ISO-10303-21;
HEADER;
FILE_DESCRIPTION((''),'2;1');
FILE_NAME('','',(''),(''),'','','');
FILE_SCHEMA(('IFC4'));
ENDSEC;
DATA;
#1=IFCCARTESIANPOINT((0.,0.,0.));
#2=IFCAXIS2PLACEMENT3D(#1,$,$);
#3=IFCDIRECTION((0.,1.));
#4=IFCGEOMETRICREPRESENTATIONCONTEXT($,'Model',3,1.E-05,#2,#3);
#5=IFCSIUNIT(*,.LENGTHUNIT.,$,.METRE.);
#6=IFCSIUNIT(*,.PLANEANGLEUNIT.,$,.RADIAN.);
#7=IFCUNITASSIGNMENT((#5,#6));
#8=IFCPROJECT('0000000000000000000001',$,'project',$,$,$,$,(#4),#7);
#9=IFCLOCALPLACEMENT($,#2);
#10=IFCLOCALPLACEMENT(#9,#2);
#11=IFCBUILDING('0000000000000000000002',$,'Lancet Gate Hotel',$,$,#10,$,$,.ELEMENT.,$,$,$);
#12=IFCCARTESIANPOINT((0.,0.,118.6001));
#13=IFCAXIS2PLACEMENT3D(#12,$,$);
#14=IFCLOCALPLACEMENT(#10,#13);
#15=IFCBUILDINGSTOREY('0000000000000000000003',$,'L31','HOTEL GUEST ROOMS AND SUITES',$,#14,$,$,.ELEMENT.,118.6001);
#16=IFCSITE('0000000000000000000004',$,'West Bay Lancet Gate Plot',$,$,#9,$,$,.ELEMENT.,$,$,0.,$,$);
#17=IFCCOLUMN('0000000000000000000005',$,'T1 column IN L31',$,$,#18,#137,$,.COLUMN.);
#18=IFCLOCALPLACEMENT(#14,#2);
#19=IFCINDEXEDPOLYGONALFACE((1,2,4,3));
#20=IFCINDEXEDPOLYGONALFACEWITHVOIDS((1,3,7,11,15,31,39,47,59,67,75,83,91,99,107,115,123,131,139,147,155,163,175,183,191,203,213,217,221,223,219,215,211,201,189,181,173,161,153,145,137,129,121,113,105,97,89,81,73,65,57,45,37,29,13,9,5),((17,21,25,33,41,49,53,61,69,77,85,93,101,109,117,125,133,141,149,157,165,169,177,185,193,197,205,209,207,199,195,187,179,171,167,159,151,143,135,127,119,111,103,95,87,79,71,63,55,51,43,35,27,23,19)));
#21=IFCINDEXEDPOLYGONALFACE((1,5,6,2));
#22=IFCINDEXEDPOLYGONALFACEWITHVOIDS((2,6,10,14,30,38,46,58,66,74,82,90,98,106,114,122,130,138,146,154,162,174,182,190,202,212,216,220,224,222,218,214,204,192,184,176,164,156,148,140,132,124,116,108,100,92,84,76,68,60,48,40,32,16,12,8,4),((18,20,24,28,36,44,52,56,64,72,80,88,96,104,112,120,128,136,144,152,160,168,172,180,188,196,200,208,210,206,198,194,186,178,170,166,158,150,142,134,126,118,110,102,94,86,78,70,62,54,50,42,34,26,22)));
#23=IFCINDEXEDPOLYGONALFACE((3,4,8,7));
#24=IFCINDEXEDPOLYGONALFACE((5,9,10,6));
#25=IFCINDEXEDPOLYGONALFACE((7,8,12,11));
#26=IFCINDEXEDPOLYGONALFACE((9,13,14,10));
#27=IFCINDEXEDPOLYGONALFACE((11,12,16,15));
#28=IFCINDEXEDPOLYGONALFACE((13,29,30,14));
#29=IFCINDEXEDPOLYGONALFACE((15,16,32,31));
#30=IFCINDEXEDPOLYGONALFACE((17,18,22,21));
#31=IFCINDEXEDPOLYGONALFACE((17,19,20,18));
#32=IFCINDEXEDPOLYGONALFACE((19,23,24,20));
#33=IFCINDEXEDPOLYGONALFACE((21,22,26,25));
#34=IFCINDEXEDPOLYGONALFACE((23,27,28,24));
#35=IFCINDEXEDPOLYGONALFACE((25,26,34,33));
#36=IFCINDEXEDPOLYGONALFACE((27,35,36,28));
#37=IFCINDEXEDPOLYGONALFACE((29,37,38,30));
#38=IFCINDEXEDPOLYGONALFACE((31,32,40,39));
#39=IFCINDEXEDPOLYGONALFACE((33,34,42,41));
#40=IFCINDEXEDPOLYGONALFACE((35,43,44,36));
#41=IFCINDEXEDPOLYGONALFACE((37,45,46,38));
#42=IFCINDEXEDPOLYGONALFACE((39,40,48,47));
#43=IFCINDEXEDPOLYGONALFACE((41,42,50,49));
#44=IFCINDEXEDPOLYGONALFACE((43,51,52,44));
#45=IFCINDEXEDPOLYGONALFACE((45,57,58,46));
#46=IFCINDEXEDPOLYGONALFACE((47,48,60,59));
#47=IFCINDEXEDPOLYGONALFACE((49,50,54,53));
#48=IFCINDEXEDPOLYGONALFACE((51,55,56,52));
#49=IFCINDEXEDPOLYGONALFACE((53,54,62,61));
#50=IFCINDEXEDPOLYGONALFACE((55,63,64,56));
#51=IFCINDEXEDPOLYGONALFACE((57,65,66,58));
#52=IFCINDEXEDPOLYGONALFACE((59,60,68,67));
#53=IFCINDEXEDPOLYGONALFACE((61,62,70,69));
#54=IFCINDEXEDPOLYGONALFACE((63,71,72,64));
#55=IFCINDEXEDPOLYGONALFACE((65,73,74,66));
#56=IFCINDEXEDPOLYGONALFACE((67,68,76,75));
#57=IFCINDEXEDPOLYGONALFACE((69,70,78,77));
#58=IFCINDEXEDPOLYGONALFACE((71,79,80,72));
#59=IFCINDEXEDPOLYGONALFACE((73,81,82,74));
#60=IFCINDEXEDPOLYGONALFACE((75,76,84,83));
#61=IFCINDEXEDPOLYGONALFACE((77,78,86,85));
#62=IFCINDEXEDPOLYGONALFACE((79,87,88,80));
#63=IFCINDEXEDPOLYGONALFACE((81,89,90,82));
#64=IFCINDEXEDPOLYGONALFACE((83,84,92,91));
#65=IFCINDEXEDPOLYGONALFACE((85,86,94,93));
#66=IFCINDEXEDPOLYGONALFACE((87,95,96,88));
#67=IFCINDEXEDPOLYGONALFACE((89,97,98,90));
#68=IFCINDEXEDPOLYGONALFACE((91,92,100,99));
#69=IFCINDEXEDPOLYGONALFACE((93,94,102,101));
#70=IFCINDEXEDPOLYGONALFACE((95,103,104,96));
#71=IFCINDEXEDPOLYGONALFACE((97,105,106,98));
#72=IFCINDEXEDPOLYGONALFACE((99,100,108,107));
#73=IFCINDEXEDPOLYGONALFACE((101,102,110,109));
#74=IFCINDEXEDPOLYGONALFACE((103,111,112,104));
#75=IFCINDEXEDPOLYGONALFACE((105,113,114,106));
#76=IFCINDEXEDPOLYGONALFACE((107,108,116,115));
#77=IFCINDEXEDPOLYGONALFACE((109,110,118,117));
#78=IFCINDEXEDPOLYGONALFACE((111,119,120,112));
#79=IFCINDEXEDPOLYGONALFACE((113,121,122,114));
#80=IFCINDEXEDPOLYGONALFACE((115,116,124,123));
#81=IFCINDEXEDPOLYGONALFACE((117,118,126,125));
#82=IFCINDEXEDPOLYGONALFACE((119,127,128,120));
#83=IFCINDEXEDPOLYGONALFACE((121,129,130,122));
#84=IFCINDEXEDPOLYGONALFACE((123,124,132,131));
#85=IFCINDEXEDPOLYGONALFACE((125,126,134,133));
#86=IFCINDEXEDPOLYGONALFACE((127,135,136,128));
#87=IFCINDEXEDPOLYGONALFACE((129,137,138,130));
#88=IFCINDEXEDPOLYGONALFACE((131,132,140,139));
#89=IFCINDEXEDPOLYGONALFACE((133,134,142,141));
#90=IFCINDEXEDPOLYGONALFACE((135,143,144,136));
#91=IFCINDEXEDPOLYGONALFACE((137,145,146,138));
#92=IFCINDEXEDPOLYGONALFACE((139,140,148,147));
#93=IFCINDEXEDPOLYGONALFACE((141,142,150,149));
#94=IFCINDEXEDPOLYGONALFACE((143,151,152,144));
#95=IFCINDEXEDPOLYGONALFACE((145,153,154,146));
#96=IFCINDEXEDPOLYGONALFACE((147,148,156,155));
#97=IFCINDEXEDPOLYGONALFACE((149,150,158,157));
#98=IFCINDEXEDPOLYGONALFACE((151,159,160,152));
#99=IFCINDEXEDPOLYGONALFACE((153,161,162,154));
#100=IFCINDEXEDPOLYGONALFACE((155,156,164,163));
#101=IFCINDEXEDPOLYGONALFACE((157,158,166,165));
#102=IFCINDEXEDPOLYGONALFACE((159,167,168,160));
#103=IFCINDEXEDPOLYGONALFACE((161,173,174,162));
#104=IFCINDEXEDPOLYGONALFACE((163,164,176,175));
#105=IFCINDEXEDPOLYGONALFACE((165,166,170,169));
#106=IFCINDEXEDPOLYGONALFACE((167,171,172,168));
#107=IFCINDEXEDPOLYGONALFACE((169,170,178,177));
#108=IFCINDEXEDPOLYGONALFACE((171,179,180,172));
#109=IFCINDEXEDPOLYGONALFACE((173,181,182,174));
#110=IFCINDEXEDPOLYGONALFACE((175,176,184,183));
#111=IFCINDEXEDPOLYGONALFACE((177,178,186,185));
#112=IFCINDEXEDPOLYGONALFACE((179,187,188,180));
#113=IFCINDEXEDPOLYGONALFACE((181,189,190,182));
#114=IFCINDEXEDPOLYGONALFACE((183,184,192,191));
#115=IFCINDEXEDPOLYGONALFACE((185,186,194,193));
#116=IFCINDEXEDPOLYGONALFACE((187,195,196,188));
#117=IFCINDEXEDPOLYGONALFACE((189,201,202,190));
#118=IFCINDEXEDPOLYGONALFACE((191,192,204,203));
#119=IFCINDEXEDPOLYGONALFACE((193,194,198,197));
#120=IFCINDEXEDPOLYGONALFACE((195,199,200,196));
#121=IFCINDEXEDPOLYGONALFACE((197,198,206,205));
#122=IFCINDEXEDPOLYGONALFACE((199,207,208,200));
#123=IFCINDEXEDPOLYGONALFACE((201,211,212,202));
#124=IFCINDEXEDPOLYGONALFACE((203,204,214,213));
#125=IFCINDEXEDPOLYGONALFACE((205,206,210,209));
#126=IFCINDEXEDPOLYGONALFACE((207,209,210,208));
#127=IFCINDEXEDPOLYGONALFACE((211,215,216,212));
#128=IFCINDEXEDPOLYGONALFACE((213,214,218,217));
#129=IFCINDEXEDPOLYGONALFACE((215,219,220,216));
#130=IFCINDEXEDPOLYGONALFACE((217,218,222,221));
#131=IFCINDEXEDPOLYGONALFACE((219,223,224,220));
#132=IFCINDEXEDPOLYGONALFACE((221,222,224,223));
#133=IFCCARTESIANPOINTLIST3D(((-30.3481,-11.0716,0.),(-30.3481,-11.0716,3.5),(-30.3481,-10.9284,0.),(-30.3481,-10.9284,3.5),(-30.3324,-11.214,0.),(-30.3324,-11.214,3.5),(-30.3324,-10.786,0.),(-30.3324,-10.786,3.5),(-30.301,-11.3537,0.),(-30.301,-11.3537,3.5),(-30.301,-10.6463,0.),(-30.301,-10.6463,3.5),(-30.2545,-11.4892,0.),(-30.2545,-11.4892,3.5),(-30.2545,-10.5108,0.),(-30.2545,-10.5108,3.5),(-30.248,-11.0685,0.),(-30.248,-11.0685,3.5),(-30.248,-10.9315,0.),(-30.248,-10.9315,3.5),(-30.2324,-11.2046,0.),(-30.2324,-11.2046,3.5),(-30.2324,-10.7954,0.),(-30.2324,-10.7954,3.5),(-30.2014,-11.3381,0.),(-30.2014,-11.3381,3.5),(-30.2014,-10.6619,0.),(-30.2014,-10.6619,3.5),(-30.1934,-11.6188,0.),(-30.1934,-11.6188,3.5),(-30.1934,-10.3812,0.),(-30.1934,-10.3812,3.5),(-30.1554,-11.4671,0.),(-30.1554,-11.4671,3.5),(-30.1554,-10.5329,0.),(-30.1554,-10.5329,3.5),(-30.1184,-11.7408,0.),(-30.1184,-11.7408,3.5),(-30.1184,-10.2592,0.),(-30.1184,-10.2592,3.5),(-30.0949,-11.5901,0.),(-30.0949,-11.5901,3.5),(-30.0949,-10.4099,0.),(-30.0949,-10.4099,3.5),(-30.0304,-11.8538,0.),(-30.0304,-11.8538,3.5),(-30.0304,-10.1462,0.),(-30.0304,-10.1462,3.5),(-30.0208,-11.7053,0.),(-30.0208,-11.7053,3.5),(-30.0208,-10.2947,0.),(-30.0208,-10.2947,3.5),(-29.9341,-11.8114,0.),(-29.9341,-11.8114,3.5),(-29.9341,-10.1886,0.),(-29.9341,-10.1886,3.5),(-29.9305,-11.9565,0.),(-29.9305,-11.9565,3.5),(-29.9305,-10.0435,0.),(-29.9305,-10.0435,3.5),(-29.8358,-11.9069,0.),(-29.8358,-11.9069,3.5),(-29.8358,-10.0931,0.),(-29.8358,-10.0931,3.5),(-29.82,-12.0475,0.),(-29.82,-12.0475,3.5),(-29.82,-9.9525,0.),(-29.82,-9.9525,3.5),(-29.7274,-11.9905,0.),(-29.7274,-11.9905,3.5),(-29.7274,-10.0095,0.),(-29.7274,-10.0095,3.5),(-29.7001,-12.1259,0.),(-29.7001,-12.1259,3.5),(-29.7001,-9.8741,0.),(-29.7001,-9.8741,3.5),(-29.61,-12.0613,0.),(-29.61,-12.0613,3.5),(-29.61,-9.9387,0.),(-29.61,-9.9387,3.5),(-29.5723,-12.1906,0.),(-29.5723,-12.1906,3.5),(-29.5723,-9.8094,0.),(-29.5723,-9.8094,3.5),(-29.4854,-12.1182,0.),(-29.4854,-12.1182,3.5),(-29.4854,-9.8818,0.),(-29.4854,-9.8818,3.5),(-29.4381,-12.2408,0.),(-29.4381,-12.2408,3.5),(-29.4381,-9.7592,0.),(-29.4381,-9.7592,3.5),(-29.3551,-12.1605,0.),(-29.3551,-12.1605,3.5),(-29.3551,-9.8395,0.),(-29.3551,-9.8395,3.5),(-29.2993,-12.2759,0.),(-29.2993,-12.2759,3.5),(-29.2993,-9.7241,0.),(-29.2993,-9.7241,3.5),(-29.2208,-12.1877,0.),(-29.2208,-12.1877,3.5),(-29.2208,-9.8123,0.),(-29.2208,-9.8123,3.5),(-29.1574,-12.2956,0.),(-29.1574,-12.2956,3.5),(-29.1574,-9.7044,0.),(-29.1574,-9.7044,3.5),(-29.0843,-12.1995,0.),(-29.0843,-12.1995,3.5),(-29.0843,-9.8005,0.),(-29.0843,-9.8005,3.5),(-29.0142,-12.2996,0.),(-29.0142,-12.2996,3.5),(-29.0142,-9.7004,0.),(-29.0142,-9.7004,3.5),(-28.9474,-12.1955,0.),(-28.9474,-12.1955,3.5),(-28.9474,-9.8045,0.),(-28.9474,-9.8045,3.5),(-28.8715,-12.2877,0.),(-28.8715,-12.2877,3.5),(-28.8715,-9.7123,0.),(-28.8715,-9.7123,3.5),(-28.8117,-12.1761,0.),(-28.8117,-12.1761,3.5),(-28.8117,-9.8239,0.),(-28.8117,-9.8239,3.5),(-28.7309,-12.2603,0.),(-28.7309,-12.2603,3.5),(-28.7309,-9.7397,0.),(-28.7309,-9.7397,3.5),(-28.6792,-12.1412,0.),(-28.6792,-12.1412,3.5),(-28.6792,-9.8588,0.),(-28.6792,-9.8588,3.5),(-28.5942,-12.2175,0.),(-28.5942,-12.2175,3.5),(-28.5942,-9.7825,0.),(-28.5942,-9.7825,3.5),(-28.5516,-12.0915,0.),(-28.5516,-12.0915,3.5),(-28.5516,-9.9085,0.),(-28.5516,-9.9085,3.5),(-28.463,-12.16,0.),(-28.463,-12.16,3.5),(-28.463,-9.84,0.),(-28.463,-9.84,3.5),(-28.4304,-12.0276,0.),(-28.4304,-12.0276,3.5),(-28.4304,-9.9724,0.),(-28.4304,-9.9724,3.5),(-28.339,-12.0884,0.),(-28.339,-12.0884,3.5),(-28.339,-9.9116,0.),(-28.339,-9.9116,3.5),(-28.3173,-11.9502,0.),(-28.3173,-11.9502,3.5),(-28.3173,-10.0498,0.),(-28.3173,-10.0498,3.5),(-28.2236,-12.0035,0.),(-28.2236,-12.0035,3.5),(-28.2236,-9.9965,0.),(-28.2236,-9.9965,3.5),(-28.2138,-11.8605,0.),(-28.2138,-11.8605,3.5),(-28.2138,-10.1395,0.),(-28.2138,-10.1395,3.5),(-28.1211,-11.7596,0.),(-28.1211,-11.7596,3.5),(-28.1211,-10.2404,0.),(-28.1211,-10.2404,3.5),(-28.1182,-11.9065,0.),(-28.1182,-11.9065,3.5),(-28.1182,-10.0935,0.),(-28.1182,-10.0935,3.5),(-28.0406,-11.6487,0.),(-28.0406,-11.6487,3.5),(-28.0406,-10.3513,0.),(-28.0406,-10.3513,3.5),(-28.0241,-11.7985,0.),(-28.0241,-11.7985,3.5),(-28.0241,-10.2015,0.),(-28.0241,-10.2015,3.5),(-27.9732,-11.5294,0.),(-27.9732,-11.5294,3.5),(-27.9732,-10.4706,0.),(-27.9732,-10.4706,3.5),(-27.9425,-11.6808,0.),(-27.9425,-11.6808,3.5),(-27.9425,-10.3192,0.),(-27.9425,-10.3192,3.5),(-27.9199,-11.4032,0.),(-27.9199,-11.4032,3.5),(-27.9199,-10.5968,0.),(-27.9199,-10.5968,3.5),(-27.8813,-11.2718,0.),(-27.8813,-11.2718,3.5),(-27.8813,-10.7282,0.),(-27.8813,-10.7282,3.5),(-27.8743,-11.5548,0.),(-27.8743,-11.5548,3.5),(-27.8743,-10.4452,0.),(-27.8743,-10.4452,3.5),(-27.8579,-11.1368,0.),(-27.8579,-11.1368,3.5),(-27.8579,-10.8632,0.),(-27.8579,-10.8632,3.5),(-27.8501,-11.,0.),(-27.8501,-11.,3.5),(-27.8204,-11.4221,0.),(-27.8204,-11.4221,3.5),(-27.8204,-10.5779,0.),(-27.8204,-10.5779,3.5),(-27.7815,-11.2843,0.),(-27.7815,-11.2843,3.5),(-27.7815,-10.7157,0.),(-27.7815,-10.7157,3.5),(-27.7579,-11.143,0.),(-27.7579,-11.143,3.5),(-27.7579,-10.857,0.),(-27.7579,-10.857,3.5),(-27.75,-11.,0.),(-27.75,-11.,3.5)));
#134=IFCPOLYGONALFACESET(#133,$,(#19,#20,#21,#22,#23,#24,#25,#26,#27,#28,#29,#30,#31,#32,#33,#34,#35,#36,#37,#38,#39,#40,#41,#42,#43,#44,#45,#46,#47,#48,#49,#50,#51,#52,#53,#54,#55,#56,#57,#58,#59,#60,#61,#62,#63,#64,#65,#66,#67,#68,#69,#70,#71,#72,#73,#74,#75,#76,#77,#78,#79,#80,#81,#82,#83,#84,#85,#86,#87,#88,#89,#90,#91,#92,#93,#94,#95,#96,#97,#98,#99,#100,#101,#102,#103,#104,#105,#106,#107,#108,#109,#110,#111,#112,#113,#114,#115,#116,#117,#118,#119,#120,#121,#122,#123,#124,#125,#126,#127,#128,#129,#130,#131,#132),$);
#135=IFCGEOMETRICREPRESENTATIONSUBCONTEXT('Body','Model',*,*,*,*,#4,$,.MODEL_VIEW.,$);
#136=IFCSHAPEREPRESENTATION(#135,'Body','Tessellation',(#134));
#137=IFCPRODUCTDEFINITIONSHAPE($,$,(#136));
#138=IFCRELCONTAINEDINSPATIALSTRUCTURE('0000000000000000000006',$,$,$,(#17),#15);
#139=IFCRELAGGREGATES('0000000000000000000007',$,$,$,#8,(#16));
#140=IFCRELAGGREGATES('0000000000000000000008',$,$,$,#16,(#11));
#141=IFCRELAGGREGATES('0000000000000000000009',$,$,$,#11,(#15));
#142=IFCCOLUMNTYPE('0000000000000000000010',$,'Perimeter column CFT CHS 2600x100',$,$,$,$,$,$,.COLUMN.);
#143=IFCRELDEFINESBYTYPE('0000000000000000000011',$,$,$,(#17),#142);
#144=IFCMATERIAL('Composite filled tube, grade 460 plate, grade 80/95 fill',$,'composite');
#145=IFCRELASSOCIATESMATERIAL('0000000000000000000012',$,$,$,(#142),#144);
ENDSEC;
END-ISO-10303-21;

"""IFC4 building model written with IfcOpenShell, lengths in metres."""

from ifc_helpers import new_model, si_unit, direction, frame, origin, origin_2d, place, context, subcontext, project, spatial, hollow_circle, extrude, material, material_profile, profile_set, type_object, element, save


model = new_model("IFC4")

# Units and contexts
model_context = context("Model", 3, precision=1e-05, world=origin(), true_north=direction((0.0, 1.0)))
body_context = subcontext(model_context, "Body", "Model", "MODEL_VIEW")
ifc_project = project(units=[si_unit("LENGTHUNIT", "METRE"), si_unit("PLANEANGLEUNIT", "RADIAN")], contexts=[model_context])

# Site, building, storey
site_placement = place(None, origin())
site = spatial("IfcSite", under=ifc_project, at=site_placement, Name="West Bay Lancet Gate Plot", CompositionType="ELEMENT", RefElevation=0.0)
building_placement = place(site_placement, origin())
building = spatial("IfcBuilding", under=site, at=building_placement, Name="Lancet Gate Hotel", CompositionType="ELEMENT")
storey_placement = place(building_placement, frame((0.0, 0.0, 118.6001)))
storey = spatial("IfcBuildingStorey", under=building, at=storey_placement, Name="L31", Description="HOTEL GUEST ROOMS AND SUITES", CompositionType="ELEMENT", Elevation=118.6001)

# Column
ifc_material_1 = material(Name="Composite filled tube, grade 460 plate, grade 80/95 fill", Category="composite")
ifc_material_profile_1 = material_profile(ifc_material_1, hollow_circle(Radius=1.3, WallThickness=0.1001, at=origin_2d()), Name="CHS 2600x100")
ifc_profile_set_1 = profile_set([ifc_material_profile_1], Name="Composite filled tube, grade 460 plate, grade 80/95 fill")
column_type = type_object("IfcColumnType", Name="Perimeter column CFT CHS 2600x100", PredefinedType="COLUMN", material=ifc_profile_set_1)
for number, where, z_axis, x_axis, name in (
    (1, (-29.05, -11.0, 0.0), (0.0, 0.0, 1.0), (1.0, 0.0, 0.0), "T1 column IN L31"),
):
    element("IfcColumn", number, at=place(storey_placement, frame(where, z_axis=z_axis, x_axis=x_axis)), inside=storey, type_object=column_type, Name=name, PredefinedType="COLUMN", context=body_context, shape_type="SweptSolid", body=[
        extrude(hollow_circle(Radius=1.3, WallThickness=0.1001, at=origin_2d()), origin(), (0.0, 0.0, 1.0), 3.5),
    ])

save(model, "model.ifc")
